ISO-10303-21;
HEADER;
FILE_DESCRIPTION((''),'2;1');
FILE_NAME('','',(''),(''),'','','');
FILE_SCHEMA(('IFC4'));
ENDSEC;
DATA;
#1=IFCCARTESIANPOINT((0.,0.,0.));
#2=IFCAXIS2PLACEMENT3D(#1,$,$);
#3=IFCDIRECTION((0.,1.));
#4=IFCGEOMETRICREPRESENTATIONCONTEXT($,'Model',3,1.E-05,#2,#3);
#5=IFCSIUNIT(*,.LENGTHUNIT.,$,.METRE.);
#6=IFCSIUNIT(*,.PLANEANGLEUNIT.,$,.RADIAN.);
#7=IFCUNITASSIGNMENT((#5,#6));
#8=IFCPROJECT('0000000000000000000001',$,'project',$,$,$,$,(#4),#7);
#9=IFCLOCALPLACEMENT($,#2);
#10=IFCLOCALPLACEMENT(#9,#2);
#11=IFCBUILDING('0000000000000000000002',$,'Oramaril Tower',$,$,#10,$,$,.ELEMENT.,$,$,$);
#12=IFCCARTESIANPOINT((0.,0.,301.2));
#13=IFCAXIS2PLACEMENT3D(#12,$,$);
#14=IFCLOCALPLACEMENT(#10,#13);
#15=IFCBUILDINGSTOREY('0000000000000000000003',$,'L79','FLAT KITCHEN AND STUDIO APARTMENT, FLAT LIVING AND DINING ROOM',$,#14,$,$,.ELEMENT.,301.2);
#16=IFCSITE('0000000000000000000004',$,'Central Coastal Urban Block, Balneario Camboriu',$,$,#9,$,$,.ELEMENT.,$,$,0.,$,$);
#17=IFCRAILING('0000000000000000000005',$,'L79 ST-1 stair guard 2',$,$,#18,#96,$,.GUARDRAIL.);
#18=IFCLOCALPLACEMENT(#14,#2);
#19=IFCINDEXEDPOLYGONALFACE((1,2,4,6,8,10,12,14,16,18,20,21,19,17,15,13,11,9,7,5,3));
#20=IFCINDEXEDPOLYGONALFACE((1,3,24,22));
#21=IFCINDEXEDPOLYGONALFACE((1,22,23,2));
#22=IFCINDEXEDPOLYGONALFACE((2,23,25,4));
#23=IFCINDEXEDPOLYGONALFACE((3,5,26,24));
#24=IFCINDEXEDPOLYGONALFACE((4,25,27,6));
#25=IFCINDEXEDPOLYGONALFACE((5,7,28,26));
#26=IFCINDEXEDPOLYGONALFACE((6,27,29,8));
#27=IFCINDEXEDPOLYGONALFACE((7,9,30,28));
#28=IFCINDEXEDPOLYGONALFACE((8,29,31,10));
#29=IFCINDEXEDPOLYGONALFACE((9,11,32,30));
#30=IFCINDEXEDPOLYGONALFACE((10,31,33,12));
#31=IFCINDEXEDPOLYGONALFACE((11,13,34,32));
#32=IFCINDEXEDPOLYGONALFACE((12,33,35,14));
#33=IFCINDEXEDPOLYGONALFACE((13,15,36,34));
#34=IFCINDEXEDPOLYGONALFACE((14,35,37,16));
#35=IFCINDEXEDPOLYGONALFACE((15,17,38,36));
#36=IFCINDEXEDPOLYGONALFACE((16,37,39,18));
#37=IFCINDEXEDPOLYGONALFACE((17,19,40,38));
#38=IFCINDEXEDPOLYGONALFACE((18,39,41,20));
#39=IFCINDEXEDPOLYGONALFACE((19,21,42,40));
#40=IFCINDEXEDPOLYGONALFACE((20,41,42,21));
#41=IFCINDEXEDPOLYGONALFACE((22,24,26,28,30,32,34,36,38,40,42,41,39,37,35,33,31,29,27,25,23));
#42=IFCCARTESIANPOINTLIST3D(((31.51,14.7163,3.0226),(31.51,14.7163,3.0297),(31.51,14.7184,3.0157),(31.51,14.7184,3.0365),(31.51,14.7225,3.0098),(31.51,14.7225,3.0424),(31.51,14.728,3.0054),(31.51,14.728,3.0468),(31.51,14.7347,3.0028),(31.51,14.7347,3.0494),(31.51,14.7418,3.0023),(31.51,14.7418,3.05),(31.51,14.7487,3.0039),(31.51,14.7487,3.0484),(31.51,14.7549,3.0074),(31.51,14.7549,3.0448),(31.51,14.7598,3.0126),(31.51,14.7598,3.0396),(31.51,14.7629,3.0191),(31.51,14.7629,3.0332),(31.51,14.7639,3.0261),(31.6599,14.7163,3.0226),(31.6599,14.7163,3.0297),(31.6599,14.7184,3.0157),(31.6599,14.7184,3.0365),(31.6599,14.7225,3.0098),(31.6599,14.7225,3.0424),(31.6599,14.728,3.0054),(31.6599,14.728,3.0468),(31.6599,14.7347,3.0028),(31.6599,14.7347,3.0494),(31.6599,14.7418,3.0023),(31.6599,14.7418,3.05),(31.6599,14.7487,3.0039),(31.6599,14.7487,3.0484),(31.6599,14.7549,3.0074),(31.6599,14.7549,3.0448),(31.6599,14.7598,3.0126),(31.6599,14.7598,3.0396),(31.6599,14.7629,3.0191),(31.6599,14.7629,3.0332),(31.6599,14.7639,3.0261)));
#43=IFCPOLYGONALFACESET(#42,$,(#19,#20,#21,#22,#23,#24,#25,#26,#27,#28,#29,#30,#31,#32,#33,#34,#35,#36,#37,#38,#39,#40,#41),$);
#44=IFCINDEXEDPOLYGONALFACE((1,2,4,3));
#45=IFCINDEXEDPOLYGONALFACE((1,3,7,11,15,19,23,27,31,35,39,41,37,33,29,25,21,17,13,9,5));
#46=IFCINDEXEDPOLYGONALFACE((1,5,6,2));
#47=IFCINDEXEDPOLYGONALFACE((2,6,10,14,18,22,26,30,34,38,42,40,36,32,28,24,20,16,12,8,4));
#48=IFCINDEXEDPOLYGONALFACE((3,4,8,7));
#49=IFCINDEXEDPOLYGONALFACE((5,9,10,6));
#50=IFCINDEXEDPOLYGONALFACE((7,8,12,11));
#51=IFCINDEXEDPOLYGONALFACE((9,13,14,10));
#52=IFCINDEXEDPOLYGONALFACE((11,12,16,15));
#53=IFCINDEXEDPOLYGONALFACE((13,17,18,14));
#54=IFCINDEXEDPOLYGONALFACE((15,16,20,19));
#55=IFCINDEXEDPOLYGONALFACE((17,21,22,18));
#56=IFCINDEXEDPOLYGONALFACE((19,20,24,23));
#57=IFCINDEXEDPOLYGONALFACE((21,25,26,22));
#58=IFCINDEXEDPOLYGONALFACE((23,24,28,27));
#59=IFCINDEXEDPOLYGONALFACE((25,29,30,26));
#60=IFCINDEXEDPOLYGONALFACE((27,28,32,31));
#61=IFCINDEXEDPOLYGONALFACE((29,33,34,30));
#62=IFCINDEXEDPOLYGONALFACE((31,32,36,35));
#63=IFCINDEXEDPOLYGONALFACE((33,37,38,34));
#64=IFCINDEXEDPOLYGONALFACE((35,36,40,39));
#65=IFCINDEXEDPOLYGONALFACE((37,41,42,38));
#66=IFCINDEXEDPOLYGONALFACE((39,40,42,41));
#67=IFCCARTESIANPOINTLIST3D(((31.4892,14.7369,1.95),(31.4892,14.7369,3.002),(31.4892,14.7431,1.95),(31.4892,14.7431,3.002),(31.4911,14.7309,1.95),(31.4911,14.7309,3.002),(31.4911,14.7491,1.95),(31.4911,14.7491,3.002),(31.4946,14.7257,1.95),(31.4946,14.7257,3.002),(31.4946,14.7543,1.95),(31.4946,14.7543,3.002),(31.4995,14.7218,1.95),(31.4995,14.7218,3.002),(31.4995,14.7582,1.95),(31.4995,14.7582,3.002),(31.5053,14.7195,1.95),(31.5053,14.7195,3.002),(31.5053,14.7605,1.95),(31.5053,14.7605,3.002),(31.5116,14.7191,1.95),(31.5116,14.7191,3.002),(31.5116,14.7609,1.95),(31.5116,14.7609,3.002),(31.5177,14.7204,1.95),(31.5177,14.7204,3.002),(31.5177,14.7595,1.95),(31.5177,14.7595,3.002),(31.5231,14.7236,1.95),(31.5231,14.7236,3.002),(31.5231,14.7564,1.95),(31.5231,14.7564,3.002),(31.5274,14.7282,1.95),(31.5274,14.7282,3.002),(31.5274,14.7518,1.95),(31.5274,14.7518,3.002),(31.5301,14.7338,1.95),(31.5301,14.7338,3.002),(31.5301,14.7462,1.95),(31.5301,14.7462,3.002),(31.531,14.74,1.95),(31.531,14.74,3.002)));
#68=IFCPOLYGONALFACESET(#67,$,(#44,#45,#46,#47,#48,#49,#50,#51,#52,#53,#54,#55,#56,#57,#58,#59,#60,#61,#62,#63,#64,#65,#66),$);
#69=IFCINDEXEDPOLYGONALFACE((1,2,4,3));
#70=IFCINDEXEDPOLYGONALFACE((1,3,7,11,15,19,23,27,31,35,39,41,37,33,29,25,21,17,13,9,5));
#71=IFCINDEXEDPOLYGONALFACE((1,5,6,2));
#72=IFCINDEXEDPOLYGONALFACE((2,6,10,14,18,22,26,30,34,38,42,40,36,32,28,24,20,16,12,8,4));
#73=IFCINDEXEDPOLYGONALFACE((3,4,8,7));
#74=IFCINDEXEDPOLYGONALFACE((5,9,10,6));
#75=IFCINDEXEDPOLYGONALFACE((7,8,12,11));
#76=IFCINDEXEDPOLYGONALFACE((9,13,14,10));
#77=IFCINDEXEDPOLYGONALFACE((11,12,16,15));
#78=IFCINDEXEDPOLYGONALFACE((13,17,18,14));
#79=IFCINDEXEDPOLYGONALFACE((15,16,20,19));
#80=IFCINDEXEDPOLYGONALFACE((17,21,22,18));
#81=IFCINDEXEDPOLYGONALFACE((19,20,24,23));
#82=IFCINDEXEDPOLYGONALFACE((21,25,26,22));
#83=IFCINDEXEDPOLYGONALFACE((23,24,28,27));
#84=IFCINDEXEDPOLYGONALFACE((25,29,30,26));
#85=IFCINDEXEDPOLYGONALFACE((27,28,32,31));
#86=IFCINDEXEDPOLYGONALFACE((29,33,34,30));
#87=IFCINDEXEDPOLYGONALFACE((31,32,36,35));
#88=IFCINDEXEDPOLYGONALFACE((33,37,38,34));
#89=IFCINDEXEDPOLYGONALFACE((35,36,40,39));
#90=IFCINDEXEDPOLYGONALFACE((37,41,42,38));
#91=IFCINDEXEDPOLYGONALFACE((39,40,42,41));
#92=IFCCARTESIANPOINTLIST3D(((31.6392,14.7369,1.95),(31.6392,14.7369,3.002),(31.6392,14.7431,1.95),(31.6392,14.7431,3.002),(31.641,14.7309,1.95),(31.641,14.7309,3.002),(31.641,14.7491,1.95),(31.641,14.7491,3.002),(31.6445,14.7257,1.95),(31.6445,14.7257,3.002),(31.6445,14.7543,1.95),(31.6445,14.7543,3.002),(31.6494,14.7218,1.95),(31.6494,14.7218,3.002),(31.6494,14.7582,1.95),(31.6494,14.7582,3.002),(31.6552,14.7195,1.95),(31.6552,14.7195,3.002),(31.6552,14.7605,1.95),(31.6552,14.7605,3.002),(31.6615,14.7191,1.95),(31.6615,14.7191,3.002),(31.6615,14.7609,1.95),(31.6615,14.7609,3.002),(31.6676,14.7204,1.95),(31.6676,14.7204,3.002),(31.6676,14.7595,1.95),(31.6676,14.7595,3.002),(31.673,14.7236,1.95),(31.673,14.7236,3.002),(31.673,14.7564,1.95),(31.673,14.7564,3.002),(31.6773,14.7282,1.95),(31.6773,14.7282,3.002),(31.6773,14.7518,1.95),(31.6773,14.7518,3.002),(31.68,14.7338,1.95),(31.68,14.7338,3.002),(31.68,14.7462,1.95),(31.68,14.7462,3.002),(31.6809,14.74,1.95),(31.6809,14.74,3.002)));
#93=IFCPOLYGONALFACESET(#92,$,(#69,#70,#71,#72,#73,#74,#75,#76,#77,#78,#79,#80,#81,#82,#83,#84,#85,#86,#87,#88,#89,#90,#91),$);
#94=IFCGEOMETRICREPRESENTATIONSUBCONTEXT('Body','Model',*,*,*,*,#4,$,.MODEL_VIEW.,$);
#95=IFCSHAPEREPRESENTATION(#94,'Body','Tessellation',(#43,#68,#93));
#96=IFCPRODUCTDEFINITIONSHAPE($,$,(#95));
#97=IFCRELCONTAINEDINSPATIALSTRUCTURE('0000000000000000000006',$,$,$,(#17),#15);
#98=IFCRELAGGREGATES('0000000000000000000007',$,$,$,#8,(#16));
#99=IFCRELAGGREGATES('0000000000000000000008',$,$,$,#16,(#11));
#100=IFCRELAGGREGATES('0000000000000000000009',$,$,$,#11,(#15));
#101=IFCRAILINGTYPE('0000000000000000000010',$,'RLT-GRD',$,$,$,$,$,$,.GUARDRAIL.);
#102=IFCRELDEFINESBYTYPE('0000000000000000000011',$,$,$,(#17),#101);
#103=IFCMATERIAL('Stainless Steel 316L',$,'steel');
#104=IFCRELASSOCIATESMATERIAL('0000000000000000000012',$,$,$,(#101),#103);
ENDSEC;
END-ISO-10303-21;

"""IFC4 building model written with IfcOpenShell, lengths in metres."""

from ifc_helpers import new_model, si_unit, direction, frame, origin, origin_2d, place, context, subcontext, project, spatial, circle, extrude, material, type_object, element, save


model = new_model("IFC4")

# Units and contexts
model_context = context("Model", 3, precision=1e-05, world=origin(), true_north=direction((0.0, 1.0)))
body_context = subcontext(model_context, "Body", "Model", "MODEL_VIEW")
ifc_project = project(units=[si_unit("LENGTHUNIT", "METRE"), si_unit("PLANEANGLEUNIT", "RADIAN")], contexts=[model_context])

# Site, building, storey
site_placement = place(None, origin())
site = spatial("IfcSite", under=ifc_project, at=site_placement, Name="Central Coastal Urban Block, Balneario Camboriu", CompositionType="ELEMENT", RefElevation=0.0)
building_placement = place(site_placement, origin())
building = spatial("IfcBuilding", under=site, at=building_placement, Name="Oramaril Tower", CompositionType="ELEMENT")
storey_placement = place(building_placement, frame((0.0, 0.0, 301.2)))
storey = spatial("IfcBuildingStorey", under=building, at=storey_placement, Name="L79", Description="FLAT KITCHEN AND STUDIO APARTMENT, FLAT LIVING AND DINING ROOM", CompositionType="ELEMENT", Elevation=301.2)

# Railing
ifc_material_1 = material(Name="Stainless Steel 316L", Category="steel")
railing_type_1 = type_object("IfcRailingType", Name="RLT-GRD", PredefinedType="GUARDRAIL", material=ifc_material_1)
railing_1_placement = place(storey_placement, frame((31.51, 14.74, 1.95)))
element("IfcRailing", 1, at=railing_1_placement, inside=storey, type_object=railing_type_1, Name="L79 ST-1 stair guard 2", PredefinedType="GUARDRAIL", context=body_context, shape_type="SweptSolid", body=[
    extrude(circle(Radius=0.0239, at=origin_2d()), frame((0.0, 0.0, 1.0762), z_axis=(1.0, 0.0, 0.0), x_axis=(0.0, 1.0, 0.0)), (0.0, 0.0, 1.0), 0.1499),
    extrude(circle(Radius=0.021, at=origin_2d()), origin(), (0.0, 0.0, 1.0), 1.052),
    extrude(circle(Radius=0.021, at=origin_2d()), frame((0.1499, 0.0, 0.0)), (0.0, 0.0, 1.0), 1.052),
])

save(model, "model.ifc")
